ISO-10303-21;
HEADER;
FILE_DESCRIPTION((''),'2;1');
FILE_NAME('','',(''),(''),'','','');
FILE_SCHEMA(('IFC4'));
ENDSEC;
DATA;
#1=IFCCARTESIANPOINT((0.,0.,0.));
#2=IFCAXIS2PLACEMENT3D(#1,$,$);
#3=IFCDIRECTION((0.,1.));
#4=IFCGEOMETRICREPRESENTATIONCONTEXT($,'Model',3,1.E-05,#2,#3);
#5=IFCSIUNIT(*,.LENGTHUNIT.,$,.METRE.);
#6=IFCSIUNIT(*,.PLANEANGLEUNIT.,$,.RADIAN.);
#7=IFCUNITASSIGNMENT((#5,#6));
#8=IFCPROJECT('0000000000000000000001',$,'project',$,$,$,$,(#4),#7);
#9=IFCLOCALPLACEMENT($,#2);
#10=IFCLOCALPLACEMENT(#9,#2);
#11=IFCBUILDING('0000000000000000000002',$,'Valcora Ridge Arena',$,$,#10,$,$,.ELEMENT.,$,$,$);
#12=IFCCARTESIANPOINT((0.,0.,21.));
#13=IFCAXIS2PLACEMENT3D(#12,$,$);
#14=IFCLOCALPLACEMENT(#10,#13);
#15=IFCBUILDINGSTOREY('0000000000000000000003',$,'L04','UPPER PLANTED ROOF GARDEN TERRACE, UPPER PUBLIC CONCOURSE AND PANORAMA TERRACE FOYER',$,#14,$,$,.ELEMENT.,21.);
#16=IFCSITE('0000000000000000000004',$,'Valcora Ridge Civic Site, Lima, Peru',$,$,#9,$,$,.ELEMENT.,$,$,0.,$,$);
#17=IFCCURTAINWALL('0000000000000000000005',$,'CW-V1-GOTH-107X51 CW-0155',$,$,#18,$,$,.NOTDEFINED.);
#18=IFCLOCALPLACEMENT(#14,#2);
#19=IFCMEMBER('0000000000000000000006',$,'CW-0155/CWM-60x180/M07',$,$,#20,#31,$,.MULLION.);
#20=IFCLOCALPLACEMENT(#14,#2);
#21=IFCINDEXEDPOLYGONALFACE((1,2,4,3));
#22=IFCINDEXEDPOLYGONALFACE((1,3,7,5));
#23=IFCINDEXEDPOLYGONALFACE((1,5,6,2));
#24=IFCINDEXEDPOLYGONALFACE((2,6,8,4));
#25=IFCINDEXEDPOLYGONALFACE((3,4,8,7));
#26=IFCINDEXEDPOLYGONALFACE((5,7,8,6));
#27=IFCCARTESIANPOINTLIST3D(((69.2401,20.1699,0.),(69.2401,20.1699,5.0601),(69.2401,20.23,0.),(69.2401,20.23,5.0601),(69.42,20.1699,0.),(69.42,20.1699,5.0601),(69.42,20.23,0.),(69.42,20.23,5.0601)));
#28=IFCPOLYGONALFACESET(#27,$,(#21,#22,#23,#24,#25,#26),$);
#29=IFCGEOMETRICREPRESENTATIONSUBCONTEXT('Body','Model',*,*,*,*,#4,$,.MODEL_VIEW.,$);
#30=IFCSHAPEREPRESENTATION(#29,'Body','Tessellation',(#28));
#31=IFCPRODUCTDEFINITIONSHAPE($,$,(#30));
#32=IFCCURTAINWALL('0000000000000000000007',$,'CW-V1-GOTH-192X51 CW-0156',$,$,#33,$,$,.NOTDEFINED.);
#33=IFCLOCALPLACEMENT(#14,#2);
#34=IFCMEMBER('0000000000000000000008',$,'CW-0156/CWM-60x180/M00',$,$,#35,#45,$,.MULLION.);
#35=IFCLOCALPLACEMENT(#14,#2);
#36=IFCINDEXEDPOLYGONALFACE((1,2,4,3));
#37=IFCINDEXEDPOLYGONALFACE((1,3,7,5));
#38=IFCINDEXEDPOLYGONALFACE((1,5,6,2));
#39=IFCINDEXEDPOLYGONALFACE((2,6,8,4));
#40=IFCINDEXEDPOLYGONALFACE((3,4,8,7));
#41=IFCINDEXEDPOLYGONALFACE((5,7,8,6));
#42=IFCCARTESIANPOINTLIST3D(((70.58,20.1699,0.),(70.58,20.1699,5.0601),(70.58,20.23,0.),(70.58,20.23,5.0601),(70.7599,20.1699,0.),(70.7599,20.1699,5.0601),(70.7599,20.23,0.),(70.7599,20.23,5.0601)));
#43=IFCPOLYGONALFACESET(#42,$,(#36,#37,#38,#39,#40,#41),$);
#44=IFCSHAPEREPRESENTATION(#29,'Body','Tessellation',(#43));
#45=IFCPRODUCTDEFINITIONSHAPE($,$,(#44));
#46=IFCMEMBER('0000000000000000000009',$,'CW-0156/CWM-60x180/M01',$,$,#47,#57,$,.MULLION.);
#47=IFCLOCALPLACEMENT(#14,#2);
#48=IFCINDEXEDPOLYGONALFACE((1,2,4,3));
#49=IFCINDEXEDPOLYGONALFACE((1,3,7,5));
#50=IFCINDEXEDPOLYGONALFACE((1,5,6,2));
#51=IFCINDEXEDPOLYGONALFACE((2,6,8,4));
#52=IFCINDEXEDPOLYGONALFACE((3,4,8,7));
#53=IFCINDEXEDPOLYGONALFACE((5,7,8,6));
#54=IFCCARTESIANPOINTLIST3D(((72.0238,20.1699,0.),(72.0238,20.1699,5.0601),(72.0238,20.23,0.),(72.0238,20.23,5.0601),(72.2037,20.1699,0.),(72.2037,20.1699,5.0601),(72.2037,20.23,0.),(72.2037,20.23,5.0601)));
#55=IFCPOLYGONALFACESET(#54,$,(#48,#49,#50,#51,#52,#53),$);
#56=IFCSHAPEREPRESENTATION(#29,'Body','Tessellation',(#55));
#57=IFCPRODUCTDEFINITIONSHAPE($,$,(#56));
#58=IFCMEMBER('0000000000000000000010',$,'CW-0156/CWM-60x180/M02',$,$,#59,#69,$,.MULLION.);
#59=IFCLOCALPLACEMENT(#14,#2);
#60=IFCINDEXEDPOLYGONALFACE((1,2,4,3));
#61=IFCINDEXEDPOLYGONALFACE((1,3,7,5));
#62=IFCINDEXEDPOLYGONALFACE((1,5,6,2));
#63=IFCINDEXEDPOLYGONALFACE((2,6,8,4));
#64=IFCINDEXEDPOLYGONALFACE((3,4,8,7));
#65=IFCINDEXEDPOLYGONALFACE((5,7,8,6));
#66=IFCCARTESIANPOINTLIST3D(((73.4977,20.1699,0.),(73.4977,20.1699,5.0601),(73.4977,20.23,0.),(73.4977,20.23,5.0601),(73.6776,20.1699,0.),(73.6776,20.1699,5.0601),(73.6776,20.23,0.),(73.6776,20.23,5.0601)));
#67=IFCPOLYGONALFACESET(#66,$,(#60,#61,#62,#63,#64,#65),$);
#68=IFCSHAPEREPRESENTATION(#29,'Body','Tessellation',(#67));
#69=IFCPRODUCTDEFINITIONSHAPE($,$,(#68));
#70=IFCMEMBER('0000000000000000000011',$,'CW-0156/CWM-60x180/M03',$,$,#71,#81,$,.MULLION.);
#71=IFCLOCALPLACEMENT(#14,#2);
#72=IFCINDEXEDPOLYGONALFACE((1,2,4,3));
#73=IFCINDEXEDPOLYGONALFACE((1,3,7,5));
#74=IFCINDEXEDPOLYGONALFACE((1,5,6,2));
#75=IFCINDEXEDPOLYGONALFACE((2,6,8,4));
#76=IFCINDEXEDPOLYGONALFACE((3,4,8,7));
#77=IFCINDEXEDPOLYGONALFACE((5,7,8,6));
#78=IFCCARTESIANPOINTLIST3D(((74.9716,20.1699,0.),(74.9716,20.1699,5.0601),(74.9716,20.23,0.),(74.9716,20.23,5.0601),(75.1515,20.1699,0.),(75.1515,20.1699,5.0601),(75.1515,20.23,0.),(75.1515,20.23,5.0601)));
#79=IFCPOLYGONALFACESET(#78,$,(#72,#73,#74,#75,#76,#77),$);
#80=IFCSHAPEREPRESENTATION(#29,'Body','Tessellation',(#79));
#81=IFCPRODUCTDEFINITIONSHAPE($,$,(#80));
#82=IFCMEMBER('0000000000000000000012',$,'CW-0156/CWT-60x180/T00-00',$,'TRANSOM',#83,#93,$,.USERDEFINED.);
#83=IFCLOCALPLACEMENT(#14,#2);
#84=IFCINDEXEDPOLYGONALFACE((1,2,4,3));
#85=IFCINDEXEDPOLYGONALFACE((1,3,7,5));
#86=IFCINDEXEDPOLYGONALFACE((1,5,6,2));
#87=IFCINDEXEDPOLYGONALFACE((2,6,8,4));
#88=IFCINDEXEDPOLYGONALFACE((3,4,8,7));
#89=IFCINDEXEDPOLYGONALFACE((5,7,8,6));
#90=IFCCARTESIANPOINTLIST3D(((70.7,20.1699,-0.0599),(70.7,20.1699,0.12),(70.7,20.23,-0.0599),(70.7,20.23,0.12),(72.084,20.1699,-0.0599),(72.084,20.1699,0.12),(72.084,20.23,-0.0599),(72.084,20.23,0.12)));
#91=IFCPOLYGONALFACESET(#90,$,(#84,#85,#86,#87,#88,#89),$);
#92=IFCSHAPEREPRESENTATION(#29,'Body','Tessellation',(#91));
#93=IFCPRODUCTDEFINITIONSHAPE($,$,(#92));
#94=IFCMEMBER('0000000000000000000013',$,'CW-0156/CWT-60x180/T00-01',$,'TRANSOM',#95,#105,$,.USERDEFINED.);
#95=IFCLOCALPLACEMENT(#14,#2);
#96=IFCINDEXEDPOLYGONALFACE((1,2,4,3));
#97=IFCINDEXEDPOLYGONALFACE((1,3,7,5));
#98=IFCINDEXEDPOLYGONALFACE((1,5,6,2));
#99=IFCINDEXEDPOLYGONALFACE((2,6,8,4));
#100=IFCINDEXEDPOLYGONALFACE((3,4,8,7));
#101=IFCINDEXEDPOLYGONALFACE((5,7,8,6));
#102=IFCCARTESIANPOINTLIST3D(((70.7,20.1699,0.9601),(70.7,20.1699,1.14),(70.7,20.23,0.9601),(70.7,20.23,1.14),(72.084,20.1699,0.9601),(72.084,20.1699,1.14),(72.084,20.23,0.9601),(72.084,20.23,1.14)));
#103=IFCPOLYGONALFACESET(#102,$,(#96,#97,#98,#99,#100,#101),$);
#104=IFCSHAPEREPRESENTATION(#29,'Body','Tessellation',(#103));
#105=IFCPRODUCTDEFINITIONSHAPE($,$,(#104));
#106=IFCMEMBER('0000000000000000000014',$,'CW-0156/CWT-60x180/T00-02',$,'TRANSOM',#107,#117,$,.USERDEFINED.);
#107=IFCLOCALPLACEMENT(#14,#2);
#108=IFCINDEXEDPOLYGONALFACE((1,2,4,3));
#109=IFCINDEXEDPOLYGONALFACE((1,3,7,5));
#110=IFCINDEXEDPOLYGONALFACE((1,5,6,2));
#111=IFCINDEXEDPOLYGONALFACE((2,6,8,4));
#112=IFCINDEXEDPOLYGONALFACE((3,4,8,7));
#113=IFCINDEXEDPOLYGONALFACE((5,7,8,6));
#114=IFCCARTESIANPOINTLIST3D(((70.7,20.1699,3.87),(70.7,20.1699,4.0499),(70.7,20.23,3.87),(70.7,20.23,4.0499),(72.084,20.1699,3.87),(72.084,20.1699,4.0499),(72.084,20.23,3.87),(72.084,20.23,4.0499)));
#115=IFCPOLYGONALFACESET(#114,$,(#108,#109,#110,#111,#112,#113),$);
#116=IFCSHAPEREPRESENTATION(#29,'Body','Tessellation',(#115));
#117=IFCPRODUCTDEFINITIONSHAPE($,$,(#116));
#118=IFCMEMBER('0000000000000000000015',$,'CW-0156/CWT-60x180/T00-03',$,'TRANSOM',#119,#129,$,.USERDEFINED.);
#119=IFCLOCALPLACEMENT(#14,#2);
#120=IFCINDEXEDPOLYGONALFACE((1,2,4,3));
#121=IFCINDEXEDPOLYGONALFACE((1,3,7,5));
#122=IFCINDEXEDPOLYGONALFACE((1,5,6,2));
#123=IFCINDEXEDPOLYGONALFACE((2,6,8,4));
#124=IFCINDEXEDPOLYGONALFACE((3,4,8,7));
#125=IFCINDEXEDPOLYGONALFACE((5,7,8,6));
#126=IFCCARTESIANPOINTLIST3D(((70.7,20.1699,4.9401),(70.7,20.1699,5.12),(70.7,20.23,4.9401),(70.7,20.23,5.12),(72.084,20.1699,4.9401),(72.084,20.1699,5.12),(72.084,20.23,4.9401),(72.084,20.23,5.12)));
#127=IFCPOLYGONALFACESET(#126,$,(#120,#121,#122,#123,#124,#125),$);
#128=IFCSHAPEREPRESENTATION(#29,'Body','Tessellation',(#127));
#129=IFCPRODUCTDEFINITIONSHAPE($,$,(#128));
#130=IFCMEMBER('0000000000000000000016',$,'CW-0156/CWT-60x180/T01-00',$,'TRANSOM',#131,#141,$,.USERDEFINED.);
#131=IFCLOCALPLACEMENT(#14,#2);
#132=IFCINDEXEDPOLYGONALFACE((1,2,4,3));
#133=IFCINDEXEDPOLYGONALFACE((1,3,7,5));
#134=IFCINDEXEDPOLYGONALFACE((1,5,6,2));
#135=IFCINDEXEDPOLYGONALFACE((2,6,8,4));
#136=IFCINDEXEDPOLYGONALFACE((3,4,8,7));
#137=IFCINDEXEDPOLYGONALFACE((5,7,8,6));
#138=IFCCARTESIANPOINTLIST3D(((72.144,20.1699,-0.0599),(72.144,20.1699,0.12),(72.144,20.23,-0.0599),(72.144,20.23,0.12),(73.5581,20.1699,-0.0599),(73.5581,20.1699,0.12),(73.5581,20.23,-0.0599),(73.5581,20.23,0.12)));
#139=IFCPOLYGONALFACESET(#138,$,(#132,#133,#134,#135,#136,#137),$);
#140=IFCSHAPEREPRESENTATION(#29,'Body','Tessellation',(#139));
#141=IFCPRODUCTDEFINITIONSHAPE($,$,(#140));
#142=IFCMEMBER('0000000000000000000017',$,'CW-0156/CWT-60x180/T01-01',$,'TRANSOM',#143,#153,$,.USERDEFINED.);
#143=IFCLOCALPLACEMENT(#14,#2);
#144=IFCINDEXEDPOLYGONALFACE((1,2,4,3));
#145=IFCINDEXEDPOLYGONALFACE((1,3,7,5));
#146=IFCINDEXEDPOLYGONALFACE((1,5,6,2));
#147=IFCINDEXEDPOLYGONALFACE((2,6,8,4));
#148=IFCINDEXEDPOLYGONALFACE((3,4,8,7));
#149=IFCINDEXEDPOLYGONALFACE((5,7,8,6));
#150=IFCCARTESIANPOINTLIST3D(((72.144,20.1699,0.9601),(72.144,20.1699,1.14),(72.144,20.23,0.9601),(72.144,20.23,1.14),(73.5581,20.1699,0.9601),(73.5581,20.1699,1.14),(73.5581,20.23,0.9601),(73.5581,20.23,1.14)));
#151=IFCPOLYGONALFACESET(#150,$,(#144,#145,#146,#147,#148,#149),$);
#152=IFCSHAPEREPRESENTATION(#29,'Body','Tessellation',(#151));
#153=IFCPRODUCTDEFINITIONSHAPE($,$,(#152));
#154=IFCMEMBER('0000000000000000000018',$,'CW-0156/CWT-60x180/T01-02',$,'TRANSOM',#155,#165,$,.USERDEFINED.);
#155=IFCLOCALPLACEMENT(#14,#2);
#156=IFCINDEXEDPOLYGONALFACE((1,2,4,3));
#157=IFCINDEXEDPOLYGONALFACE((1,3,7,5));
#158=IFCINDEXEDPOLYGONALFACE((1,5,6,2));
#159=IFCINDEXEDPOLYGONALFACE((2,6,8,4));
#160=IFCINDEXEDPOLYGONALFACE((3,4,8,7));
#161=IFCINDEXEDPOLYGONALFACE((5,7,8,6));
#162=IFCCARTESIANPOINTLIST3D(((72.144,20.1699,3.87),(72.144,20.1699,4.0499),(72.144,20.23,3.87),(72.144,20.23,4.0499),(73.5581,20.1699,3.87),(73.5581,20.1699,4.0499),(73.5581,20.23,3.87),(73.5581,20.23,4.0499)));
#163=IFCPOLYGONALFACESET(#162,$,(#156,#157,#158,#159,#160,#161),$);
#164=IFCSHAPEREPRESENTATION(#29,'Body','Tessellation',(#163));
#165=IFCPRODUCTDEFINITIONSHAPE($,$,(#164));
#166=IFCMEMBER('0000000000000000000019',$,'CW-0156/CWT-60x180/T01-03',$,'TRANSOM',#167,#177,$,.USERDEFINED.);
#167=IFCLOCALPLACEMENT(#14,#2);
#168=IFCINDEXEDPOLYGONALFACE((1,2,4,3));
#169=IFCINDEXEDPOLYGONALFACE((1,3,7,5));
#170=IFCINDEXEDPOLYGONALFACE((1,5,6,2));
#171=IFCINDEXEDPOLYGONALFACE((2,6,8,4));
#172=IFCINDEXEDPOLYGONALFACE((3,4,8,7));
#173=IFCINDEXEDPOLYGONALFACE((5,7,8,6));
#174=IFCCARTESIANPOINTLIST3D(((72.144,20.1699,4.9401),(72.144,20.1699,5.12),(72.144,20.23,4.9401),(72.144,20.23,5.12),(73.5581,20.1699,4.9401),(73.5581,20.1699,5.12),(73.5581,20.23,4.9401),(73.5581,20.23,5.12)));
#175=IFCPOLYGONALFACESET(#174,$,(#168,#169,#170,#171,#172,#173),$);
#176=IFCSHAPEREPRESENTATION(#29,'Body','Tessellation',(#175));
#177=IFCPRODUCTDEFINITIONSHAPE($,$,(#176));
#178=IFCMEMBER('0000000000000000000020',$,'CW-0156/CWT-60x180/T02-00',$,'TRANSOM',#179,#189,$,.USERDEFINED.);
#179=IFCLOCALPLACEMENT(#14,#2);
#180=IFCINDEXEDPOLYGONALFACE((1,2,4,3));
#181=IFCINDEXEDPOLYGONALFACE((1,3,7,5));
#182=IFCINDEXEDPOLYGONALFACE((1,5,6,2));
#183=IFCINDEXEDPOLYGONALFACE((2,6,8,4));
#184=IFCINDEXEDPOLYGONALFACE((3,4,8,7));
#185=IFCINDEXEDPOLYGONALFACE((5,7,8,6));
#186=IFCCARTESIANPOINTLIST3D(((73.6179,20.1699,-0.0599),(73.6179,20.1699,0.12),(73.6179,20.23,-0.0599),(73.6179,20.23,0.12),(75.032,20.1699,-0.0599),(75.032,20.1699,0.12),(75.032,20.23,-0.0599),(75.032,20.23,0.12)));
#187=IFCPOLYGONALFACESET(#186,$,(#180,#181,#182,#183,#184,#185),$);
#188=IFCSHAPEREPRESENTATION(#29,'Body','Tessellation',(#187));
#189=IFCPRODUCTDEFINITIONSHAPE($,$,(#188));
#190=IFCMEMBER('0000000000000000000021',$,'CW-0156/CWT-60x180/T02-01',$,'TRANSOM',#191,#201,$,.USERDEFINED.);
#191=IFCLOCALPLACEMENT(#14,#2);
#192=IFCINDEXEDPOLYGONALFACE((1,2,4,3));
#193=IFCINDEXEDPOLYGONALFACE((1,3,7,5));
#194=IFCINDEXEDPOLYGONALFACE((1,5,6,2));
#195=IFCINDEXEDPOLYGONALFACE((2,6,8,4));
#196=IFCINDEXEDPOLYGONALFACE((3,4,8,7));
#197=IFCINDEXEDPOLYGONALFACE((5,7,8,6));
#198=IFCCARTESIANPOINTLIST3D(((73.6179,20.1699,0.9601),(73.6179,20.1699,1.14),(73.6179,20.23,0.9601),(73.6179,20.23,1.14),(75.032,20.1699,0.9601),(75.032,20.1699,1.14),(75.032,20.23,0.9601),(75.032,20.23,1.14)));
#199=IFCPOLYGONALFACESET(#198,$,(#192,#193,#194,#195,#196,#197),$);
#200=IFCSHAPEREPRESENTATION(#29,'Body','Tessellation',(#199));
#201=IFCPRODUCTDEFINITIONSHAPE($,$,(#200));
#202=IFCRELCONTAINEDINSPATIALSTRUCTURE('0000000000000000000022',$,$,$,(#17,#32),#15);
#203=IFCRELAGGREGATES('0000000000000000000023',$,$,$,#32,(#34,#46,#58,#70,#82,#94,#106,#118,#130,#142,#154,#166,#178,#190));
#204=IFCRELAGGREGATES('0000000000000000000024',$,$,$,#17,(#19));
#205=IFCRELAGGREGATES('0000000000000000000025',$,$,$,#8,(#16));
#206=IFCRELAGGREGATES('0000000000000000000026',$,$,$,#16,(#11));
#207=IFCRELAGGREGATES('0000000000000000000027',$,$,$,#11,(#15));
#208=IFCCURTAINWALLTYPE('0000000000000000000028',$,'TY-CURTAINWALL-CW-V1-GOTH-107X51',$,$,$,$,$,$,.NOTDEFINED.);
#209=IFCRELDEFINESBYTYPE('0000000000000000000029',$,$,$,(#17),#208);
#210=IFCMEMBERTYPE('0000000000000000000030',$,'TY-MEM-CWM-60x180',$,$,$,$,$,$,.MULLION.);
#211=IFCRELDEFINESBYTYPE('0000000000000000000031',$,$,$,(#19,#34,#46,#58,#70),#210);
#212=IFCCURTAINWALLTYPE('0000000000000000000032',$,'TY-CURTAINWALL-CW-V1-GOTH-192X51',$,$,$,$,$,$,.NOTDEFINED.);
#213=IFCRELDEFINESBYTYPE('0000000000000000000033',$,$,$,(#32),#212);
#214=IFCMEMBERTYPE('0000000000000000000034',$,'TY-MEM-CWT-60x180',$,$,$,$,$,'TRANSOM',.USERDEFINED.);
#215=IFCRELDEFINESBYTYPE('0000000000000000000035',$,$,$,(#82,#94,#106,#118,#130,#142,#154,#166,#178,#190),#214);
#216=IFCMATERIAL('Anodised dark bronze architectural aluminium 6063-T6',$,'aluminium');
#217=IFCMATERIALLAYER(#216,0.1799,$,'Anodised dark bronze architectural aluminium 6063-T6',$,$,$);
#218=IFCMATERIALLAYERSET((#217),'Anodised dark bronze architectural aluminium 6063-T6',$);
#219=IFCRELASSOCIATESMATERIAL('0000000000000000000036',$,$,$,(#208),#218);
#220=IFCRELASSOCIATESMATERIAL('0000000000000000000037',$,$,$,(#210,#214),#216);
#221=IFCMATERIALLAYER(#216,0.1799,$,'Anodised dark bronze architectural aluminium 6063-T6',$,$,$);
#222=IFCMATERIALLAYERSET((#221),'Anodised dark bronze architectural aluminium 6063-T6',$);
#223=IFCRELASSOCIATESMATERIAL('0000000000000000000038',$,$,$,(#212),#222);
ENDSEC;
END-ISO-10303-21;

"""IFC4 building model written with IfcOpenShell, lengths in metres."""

from ifc_helpers import new_model, si_unit, direction, frame, origin, origin_2d, place, context, subcontext, project, spatial, rectangle, extrude, material, layer, layer_set, material_profile, profile_set, type_object, element, aggregate, save


model = new_model("IFC4")

# Units and contexts
model_context = context("Model", 3, precision=1e-05, world=origin(), true_north=direction((0.0, 1.0)))
body_context = subcontext(model_context, "Body", "Model", "MODEL_VIEW")
ifc_project = project(units=[si_unit("LENGTHUNIT", "METRE"), si_unit("PLANEANGLEUNIT", "RADIAN")], contexts=[model_context])

# Site, building, storey
site_placement = place(None, origin())
site = spatial("IfcSite", under=ifc_project, at=site_placement, Name="Valcora Ridge Civic Site, Lima, Peru", CompositionType="ELEMENT", RefElevation=0.0)
building_placement = place(site_placement, origin())
building = spatial("IfcBuilding", under=site, at=building_placement, Name="Valcora Ridge Arena", CompositionType="ELEMENT")
storey_placement = place(building_placement, frame((0.0, 0.0, 21.0)))
storey = spatial("IfcBuildingStorey", under=building, at=storey_placement, Name="L04", Description="UPPER PLANTED ROOF GARDEN TERRACE, UPPER PUBLIC CONCOURSE AND PANORAMA TERRACE FOYER", CompositionType="ELEMENT", Elevation=21.0)

# Curtain wall, member
ifc_material_1 = material(Name="Anodised dark bronze architectural aluminium 6063-T6", Category="aluminium")
ifc_layer_1 = layer(ifc_material_1, 0.1799, Name="Anodised dark bronze architectural aluminium 6063-T6")
ifc_layer_set_1 = layer_set([ifc_layer_1], Name="Anodised dark bronze architectural aluminium 6063-T6")
curtain_wall_type_1 = type_object("IfcCurtainWallType", Name="TY-CURTAINWALL-CW-V1-GOTH-107X51", PredefinedType="NOTDEFINED", material=ifc_layer_set_1)
curtain_wall_1_placement = place(storey_placement, origin())
curtain_wall_1 = element("IfcCurtainWall", 1, at=curtain_wall_1_placement, inside=storey, type_object=curtain_wall_type_1, Name="CW-V1-GOTH-107X51 CW-0155", PredefinedType="NOTDEFINED")
ifc_material_profile_1 = material_profile(ifc_material_1, rectangle(XDim=0.0601, YDim=0.1799, at=origin_2d()), Name="ALU MULLION 60x180")
ifc_profile_set_1 = profile_set([ifc_material_profile_1], Name="Anodised dark bronze architectural aluminium 6063-T6")
member_type_1 = type_object("IfcMemberType", Name="TY-MEM-CWM-60x180", PredefinedType="MULLION", material=ifc_profile_set_1)
member_1_placement = place(storey_placement, frame((69.3301, 20.2, 0.0), z_axis=(0.0, 0.0, 1.0), x_axis=(0.0, 1.0, 0.0)))
member_1 = element("IfcMember", 2, at=member_1_placement, type_object=member_type_1, Name="CW-0155/CWM-60x180/M07", PredefinedType="MULLION", context=body_context, shape_type="SweptSolid", body=[
    extrude(rectangle(XDim=0.0601, YDim=0.1799, at=origin_2d()), origin(), (0.0, 0.0, 1.0), 5.0601),
])

# Curtain wall, members
ifc_layer_2 = layer(ifc_material_1, 0.1799, Name="Anodised dark bronze architectural aluminium 6063-T6")
ifc_layer_set_2 = layer_set([ifc_layer_2], Name="Anodised dark bronze architectural aluminium 6063-T6")
curtain_wall_type_2 = type_object("IfcCurtainWallType", Name="TY-CURTAINWALL-CW-V1-GOTH-192X51", PredefinedType="NOTDEFINED", material=ifc_layer_set_2)
curtain_wall_2_placement = place(storey_placement, origin())
curtain_wall_2 = element("IfcCurtainWall", 3, at=curtain_wall_2_placement, inside=storey, type_object=curtain_wall_type_2, Name="CW-V1-GOTH-192X51 CW-0156", PredefinedType="NOTDEFINED")
member_2_placement = place(storey_placement, frame((70.6699, 20.2, 0.0), z_axis=(0.0, 0.0, 1.0), x_axis=(0.0, 1.0, 0.0)))
member_2 = element("IfcMember", 4, at=member_2_placement, type_object=member_type_1, Name="CW-0156/CWM-60x180/M00", PredefinedType="MULLION", context=body_context, shape_type="SweptSolid", body=[
    extrude(rectangle(XDim=0.0601, YDim=0.1799, at=origin_2d()), origin(), (0.0, 0.0, 1.0), 5.0601),
])
member_3_placement = place(storey_placement, frame((72.1138, 20.2, 0.0), z_axis=(0.0, 0.0, 1.0), x_axis=(0.0, 1.0, 0.0)))
member_3 = element("IfcMember", 5, at=member_3_placement, type_object=member_type_1, Name="CW-0156/CWM-60x180/M01", PredefinedType="MULLION", context=body_context, shape_type="SweptSolid", body=[
    extrude(rectangle(XDim=0.0601, YDim=0.1799, at=origin_2d()), origin(), (0.0, 0.0, 1.0), 5.0601),
])
member_4_placement = place(storey_placement, frame((73.5876, 20.2, 0.0), z_axis=(0.0, 0.0, 1.0), x_axis=(0.0, 1.0, 0.0)))
member_4 = element("IfcMember", 6, at=member_4_placement, type_object=member_type_1, Name="CW-0156/CWM-60x180/M02", PredefinedType="MULLION", context=body_context, shape_type="SweptSolid", body=[
    extrude(rectangle(XDim=0.0601, YDim=0.1799, at=origin_2d()), origin(), (0.0, 0.0, 1.0), 5.0601),
])
member_5_placement = place(storey_placement, frame((75.0615, 20.2, 0.0), z_axis=(0.0, 0.0, 1.0), x_axis=(0.0, 1.0, 0.0)))
member_5 = element("IfcMember", 7, at=member_5_placement, type_object=member_type_1, Name="CW-0156/CWM-60x180/M03", PredefinedType="MULLION", context=body_context, shape_type="SweptSolid", body=[
    extrude(rectangle(XDim=0.0601, YDim=0.1799, at=origin_2d()), origin(), (0.0, 0.0, 1.0), 5.0601),
])
ifc_material_profile_2 = material_profile(ifc_material_1, rectangle(XDim=0.0601, YDim=0.1799, at=origin_2d()), Name="ALU TRANSOM 60x180")
ifc_profile_set_2 = profile_set([ifc_material_profile_2], Name="Anodised dark bronze architectural aluminium 6063-T6")
member_type_2 = type_object("IfcMemberType", Name="TY-MEM-CWT-60x180", ElementType="TRANSOM", PredefinedType="USERDEFINED", material=ifc_profile_set_2)
member_6_placement = place(storey_placement, frame((70.7, 20.2, 0.03), z_axis=(1.0, 0.0, 0.0), x_axis=(0.0, 1.0, 0.0)))
member_6 = element("IfcMember", 8, at=member_6_placement, type_object=member_type_2, Name="CW-0156/CWT-60x180/T00-00", ObjectType="TRANSOM", PredefinedType="USERDEFINED", context=body_context, shape_type="SweptSolid", body=[
    extrude(rectangle(XDim=0.0601, YDim=0.1799, at=origin_2d()), origin(), (0.0, 0.0, 1.0), 1.384),
])
member_7_placement = place(storey_placement, frame((70.7, 20.2, 1.05), z_axis=(1.0, 0.0, 0.0), x_axis=(0.0, 1.0, 0.0)))
member_7 = element("IfcMember", 9, at=member_7_placement, type_object=member_type_2, Name="CW-0156/CWT-60x180/T00-01", ObjectType="TRANSOM", PredefinedType="USERDEFINED", context=body_context, shape_type="SweptSolid", body=[
    extrude(rectangle(XDim=0.0601, YDim=0.1799, at=origin_2d()), origin(), (0.0, 0.0, 1.0), 1.384),
])
member_8_placement = place(storey_placement, frame((70.7, 20.2, 3.96), z_axis=(1.0, 0.0, 0.0), x_axis=(0.0, 1.0, 0.0)))
member_8 = element("IfcMember", 10, at=member_8_placement, type_object=member_type_2, Name="CW-0156/CWT-60x180/T00-02", ObjectType="TRANSOM", PredefinedType="USERDEFINED", context=body_context, shape_type="SweptSolid", body=[
    extrude(rectangle(XDim=0.0601, YDim=0.1799, at=origin_2d()), origin(), (0.0, 0.0, 1.0), 1.384),
])
member_9_placement = place(storey_placement, frame((70.7, 20.2, 5.03), z_axis=(1.0, 0.0, 0.0), x_axis=(0.0, 1.0, 0.0)))
member_9 = element("IfcMember", 11, at=member_9_placement, type_object=member_type_2, Name="CW-0156/CWT-60x180/T00-03", ObjectType="TRANSOM", PredefinedType="USERDEFINED", context=body_context, shape_type="SweptSolid", body=[
    extrude(rectangle(XDim=0.0601, YDim=0.1799, at=origin_2d()), origin(), (0.0, 0.0, 1.0), 1.384),
])
member_10_placement = place(storey_placement, frame((72.144, 20.2, 0.03), z_axis=(1.0, 0.0, 0.0), x_axis=(0.0, 1.0, 0.0)))
member_10 = element("IfcMember", 12, at=member_10_placement, type_object=member_type_2, Name="CW-0156/CWT-60x180/T01-00", ObjectType="TRANSOM", PredefinedType="USERDEFINED", context=body_context, shape_type="SweptSolid", body=[
    extrude(rectangle(XDim=0.0601, YDim=0.1799, at=origin_2d()), origin(), (0.0, 0.0, 1.0), 1.4141),
])
member_11_placement = place(storey_placement, frame((72.144, 20.2, 1.05), z_axis=(1.0, 0.0, 0.0), x_axis=(0.0, 1.0, 0.0)))
member_11 = element("IfcMember", 13, at=member_11_placement, type_object=member_type_2, Name="CW-0156/CWT-60x180/T01-01", ObjectType="TRANSOM", PredefinedType="USERDEFINED", context=body_context, shape_type="SweptSolid", body=[
    extrude(rectangle(XDim=0.0601, YDim=0.1799, at=origin_2d()), origin(), (0.0, 0.0, 1.0), 1.4141),
])
member_12_placement = place(storey_placement, frame((72.144, 20.2, 3.96), z_axis=(1.0, 0.0, 0.0), x_axis=(0.0, 1.0, 0.0)))
member_12 = element("IfcMember", 14, at=member_12_placement, type_object=member_type_2, Name="CW-0156/CWT-60x180/T01-02", ObjectType="TRANSOM", PredefinedType="USERDEFINED", context=body_context, shape_type="SweptSolid", body=[
    extrude(rectangle(XDim=0.0601, YDim=0.1799, at=origin_2d()), origin(), (0.0, 0.0, 1.0), 1.4141),
])
member_13_placement = place(storey_placement, frame((72.144, 20.2, 5.03), z_axis=(1.0, 0.0, 0.0), x_axis=(0.0, 1.0, 0.0)))
member_13 = element("IfcMember", 15, at=member_13_placement, type_object=member_type_2, Name="CW-0156/CWT-60x180/T01-03", ObjectType="TRANSOM", PredefinedType="USERDEFINED", context=body_context, shape_type="SweptSolid", body=[
    extrude(rectangle(XDim=0.0601, YDim=0.1799, at=origin_2d()), origin(), (0.0, 0.0, 1.0), 1.4141),
])
member_14_placement = place(storey_placement, frame((73.6179, 20.2, 0.03), z_axis=(1.0, 0.0, 0.0), x_axis=(0.0, 1.0, 0.0)))
member_14 = element("IfcMember", 16, at=member_14_placement, type_object=member_type_2, Name="CW-0156/CWT-60x180/T02-00", ObjectType="TRANSOM", PredefinedType="USERDEFINED", context=body_context, shape_type="SweptSolid", body=[
    extrude(rectangle(XDim=0.0601, YDim=0.1799, at=origin_2d()), origin(), (0.0, 0.0, 1.0), 1.4141),
])
member_15_placement = place(storey_placement, frame((73.6179, 20.2, 1.05), z_axis=(1.0, 0.0, 0.0), x_axis=(0.0, 1.0, 0.0)))
member_15 = element("IfcMember", 17, at=member_15_placement, type_object=member_type_2, Name="CW-0156/CWT-60x180/T02-01", ObjectType="TRANSOM", PredefinedType="USERDEFINED", context=body_context, shape_type="SweptSolid", body=[
    extrude(rectangle(XDim=0.0601, YDim=0.1799, at=origin_2d()), origin(), (0.0, 0.0, 1.0), 1.4141),
])
aggregate(curtain_wall_2, [member_2, member_3, member_4, member_5, member_6, member_7, member_8, member_9, member_10, member_11, member_12, member_13, member_14, member_15])

aggregate(curtain_wall_1, [member_1])

save(model, "model.ifc")
